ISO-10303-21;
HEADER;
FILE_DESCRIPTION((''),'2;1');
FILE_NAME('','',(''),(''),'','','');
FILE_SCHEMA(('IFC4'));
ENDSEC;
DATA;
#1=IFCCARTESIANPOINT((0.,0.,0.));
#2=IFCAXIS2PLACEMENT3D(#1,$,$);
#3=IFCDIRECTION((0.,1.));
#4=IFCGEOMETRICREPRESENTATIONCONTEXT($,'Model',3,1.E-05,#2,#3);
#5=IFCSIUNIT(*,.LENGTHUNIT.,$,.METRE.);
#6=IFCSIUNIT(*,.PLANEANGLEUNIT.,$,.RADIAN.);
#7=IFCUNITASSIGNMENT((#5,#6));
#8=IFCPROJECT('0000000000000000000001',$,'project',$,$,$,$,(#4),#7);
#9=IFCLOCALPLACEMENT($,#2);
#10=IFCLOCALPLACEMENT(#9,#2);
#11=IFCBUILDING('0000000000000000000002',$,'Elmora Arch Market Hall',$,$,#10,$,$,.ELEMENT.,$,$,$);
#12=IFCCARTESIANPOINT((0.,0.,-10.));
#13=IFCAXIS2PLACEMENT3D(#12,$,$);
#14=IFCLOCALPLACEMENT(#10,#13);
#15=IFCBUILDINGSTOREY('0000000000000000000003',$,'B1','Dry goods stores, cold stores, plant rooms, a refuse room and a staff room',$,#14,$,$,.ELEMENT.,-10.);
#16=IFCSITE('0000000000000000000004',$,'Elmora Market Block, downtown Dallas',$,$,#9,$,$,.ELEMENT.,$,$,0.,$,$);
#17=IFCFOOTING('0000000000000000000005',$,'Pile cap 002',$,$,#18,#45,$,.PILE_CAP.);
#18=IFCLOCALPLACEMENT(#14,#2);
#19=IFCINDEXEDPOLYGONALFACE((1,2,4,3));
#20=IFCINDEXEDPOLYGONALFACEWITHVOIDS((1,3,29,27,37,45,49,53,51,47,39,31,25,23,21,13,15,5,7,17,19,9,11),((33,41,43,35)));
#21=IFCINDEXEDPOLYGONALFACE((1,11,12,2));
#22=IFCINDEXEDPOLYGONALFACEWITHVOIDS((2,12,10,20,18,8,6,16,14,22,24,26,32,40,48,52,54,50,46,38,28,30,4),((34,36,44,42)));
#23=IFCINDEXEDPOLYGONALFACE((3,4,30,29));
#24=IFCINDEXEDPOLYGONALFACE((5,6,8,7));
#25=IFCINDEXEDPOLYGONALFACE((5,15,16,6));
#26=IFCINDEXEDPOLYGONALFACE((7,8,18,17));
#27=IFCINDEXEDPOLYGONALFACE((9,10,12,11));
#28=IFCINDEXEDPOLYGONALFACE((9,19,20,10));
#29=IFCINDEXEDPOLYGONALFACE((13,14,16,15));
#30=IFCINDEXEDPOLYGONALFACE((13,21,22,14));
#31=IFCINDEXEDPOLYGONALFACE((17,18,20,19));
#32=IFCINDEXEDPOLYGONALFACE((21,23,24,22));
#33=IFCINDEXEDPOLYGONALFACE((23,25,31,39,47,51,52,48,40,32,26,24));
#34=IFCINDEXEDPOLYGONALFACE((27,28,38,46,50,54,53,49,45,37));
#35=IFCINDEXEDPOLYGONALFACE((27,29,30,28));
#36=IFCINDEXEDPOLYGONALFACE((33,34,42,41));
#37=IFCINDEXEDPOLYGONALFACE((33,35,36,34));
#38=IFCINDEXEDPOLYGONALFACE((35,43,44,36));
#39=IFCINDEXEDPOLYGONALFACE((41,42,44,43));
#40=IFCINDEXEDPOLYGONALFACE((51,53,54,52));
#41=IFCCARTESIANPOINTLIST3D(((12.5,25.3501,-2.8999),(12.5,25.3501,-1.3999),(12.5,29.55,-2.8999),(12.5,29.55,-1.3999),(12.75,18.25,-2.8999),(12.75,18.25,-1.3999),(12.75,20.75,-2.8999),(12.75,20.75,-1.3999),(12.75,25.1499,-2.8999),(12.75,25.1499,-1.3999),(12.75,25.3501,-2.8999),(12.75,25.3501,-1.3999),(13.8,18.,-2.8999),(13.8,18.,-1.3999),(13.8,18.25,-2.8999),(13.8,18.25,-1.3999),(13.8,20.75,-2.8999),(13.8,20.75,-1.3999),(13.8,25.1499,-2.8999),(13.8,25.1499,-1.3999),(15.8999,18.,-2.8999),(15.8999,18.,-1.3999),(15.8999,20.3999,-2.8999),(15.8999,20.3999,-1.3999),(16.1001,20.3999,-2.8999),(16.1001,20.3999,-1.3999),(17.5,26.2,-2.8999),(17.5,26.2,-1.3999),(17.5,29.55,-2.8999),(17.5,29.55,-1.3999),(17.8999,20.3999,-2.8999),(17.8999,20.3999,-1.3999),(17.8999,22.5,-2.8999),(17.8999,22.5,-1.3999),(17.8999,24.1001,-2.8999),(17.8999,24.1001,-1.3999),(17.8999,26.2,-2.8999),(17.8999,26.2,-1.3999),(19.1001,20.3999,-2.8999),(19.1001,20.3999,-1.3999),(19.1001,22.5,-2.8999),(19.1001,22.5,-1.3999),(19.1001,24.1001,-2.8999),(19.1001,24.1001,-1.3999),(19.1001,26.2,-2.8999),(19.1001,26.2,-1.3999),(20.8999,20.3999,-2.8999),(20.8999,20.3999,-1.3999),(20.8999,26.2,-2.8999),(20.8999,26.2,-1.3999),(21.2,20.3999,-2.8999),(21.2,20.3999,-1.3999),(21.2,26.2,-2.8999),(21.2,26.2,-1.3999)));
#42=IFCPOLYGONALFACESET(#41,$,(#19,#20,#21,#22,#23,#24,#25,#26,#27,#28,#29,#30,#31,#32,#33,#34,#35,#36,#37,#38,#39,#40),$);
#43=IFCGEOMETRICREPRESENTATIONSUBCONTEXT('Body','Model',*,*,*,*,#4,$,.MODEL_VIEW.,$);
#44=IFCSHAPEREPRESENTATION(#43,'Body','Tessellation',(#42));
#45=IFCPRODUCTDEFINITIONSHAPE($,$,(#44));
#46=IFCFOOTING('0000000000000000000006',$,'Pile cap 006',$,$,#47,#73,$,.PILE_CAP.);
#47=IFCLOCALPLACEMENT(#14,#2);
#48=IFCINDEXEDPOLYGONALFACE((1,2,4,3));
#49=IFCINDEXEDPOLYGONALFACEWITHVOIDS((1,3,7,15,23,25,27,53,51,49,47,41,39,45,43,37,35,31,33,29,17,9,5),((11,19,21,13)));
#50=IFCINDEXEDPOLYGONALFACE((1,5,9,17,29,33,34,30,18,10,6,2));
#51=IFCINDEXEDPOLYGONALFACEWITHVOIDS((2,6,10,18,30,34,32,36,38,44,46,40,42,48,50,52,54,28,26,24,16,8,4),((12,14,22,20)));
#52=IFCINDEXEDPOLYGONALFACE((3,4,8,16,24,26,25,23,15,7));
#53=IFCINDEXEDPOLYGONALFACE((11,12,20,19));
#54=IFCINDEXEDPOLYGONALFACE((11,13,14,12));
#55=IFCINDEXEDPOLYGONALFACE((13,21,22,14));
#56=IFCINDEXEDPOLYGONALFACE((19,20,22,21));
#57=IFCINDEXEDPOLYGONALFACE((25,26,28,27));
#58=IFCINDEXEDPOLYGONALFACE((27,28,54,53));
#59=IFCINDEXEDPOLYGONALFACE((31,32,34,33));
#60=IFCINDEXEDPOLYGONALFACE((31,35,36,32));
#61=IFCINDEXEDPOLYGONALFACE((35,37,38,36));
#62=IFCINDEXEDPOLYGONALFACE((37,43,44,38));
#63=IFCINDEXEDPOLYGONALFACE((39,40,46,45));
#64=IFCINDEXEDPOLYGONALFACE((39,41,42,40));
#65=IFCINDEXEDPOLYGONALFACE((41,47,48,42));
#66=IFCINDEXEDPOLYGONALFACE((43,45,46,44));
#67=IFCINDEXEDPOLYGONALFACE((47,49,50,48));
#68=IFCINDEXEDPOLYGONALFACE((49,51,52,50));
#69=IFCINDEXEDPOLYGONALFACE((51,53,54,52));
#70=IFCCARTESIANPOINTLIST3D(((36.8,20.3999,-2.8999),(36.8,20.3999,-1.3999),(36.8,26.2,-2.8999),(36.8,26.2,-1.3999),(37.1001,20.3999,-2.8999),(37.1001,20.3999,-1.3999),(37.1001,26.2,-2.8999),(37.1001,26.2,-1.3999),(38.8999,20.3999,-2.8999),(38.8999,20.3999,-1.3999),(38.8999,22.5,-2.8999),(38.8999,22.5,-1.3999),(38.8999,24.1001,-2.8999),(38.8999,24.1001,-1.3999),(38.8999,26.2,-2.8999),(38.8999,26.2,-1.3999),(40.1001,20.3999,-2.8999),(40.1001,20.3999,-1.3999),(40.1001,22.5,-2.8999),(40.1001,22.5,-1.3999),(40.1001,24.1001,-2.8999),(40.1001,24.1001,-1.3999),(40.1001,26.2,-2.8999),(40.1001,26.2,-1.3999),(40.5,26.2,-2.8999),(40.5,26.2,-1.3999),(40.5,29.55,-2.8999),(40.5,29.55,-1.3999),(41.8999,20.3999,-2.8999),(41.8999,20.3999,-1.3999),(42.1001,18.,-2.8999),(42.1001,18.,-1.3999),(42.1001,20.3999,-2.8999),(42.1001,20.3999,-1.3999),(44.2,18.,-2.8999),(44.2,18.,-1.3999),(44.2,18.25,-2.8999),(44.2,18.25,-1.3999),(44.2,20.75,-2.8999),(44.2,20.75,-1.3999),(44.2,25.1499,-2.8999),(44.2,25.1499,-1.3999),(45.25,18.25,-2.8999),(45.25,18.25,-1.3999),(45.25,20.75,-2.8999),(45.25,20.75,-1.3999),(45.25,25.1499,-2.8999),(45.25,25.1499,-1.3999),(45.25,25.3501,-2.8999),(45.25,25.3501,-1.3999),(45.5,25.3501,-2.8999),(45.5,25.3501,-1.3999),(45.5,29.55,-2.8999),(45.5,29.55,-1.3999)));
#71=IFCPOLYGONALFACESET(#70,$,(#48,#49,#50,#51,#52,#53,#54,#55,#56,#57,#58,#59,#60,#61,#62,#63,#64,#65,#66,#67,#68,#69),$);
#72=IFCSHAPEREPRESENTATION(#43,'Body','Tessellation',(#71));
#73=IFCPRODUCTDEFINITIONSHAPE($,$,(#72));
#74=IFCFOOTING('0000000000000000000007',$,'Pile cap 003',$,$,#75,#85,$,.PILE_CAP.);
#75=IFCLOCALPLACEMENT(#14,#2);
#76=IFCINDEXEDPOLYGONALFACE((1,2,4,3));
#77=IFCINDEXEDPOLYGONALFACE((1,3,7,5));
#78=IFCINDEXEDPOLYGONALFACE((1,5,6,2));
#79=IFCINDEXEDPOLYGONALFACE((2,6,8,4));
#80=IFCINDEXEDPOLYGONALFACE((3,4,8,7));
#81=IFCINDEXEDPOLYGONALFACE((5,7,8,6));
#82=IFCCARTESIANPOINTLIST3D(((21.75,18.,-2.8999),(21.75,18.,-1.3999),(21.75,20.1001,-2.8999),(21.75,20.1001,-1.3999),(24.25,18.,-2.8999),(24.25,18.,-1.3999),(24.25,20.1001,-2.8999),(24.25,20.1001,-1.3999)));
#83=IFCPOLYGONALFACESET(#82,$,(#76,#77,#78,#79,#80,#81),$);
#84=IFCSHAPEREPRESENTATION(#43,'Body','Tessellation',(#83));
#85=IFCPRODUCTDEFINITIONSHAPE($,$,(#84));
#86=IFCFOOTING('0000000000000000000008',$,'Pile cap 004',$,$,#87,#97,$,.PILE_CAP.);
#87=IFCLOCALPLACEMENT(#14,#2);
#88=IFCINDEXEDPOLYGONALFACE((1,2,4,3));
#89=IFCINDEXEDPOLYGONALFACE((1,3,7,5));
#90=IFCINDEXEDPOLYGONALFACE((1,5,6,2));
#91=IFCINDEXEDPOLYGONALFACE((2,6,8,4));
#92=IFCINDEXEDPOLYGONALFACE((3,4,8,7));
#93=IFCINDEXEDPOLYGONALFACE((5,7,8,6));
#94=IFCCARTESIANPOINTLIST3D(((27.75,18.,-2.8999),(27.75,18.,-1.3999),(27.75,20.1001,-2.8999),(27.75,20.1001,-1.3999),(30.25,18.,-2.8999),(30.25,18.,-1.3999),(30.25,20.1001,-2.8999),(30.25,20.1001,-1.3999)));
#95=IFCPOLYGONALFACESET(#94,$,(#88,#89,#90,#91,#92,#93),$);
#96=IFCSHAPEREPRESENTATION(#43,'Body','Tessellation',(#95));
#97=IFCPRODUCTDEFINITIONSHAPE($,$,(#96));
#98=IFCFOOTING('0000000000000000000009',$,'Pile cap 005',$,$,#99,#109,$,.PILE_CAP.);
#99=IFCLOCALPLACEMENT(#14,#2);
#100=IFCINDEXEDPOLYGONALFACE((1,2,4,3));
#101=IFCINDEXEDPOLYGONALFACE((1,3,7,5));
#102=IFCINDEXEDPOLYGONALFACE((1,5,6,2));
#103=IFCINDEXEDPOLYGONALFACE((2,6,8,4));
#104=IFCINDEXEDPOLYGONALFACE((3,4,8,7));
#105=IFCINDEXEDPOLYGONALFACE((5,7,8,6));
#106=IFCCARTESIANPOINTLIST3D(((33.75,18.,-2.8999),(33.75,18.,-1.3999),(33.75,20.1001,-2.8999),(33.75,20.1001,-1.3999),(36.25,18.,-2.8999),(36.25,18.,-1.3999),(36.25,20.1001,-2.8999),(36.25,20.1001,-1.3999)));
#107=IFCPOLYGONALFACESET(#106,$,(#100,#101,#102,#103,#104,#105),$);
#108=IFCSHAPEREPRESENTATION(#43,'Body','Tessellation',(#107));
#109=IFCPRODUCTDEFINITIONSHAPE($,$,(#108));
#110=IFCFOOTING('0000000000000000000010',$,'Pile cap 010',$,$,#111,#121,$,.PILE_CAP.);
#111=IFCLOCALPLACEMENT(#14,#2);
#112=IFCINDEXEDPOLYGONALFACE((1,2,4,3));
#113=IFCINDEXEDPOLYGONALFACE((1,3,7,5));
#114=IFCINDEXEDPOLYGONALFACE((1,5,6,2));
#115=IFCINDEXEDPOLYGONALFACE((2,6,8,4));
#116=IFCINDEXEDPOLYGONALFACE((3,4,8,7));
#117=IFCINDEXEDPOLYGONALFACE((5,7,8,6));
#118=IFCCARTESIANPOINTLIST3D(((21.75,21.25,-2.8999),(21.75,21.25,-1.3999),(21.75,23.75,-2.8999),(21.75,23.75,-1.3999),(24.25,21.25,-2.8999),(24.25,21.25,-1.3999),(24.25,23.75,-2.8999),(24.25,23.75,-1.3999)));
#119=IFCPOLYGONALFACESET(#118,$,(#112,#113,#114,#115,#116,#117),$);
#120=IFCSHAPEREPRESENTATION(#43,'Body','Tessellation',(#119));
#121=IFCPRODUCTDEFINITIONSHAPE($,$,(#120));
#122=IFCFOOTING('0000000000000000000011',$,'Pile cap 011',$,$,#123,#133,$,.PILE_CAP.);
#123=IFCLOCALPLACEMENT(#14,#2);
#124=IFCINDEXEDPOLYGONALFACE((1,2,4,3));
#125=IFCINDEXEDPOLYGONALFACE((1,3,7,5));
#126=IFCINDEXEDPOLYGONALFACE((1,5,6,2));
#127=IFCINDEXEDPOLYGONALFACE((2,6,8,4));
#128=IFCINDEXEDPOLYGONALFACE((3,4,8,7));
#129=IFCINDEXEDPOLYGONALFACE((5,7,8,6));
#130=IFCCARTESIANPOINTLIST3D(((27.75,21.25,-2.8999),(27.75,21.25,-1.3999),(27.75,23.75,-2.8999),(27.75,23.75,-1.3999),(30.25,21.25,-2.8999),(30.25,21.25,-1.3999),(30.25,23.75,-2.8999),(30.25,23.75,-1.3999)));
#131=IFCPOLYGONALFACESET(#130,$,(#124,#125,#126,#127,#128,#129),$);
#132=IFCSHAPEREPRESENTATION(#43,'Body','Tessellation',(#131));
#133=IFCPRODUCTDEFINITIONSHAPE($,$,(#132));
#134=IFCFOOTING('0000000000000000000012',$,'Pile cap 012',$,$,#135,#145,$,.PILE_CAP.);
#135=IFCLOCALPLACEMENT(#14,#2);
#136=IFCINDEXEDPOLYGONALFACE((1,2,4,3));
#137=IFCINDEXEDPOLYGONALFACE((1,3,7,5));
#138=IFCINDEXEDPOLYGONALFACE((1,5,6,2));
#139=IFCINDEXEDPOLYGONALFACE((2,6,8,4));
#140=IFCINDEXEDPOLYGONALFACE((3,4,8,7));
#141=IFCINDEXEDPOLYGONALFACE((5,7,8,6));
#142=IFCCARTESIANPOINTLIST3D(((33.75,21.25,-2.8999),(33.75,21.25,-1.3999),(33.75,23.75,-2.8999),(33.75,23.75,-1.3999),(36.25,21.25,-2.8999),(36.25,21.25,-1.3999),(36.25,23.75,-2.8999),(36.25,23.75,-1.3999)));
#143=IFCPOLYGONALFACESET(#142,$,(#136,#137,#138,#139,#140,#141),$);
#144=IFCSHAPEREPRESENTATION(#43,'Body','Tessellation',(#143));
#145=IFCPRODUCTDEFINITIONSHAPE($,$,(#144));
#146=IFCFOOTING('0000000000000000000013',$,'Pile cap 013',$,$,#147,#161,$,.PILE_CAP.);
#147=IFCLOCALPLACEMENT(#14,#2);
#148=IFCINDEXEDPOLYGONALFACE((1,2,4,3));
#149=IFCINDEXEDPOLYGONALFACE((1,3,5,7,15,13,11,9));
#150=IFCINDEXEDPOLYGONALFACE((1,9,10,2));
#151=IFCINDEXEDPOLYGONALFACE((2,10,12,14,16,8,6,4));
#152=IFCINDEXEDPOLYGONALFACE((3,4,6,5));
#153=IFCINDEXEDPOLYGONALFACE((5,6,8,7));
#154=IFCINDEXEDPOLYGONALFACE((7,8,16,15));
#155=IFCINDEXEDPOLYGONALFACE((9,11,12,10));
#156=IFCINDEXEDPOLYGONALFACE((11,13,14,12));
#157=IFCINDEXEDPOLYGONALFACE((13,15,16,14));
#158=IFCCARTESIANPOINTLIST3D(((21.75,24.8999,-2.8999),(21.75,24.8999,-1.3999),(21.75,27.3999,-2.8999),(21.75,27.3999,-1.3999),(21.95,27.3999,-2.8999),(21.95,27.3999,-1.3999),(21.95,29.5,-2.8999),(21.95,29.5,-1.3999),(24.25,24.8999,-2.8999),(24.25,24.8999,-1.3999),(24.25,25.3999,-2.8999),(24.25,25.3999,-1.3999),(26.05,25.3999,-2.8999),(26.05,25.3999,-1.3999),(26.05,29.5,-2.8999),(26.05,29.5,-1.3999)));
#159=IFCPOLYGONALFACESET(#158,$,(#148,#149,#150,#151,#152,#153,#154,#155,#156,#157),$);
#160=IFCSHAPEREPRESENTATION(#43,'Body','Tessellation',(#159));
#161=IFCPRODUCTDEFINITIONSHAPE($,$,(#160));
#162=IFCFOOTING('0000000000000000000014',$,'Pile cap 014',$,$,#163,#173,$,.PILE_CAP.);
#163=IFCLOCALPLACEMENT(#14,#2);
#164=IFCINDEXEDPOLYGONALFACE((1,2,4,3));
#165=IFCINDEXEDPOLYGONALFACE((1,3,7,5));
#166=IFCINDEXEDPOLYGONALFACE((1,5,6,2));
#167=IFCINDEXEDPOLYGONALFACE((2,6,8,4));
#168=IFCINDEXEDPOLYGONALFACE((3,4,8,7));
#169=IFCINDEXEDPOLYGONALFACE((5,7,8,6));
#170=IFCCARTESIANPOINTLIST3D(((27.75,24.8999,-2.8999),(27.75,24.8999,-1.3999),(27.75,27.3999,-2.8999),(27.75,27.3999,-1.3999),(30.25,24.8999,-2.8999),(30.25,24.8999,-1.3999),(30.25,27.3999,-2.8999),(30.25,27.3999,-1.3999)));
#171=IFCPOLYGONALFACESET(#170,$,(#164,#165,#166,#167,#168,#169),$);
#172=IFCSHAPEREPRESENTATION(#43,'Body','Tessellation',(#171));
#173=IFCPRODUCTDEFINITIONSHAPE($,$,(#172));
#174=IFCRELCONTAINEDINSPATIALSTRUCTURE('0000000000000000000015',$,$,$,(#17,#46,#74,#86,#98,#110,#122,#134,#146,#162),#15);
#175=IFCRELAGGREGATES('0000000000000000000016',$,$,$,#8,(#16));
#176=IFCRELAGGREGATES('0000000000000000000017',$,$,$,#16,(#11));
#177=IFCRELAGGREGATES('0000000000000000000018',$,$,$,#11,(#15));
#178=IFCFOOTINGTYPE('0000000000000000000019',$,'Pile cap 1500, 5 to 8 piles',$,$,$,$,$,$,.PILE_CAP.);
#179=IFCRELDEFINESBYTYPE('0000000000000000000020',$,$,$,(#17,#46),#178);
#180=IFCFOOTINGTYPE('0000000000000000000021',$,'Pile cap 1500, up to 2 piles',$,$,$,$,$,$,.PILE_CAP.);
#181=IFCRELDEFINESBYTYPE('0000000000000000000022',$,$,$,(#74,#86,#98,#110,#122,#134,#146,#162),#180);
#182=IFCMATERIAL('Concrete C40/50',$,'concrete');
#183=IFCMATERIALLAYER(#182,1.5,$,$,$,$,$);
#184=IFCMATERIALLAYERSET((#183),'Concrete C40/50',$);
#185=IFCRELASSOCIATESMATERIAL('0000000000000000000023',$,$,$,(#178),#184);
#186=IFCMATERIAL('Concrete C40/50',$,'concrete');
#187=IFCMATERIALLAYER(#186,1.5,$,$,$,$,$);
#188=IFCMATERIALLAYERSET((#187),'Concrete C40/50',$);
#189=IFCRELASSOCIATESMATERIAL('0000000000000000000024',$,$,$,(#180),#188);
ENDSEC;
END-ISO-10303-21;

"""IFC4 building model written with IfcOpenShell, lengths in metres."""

from ifc_helpers import new_model, si_unit, direction, frame, origin, place, context, subcontext, project, spatial, polyline, outline, extrude, material, layer, layer_set, type_object, element, save


model = new_model("IFC4")

# Units and contexts
model_context = context("Model", 3, precision=1e-05, world=origin(), true_north=direction((0.0, 1.0)))
body_context = subcontext(model_context, "Body", "Model", "MODEL_VIEW")
ifc_project = project(units=[si_unit("LENGTHUNIT", "METRE"), si_unit("PLANEANGLEUNIT", "RADIAN")], contexts=[model_context])

# Site, building, storey
site_placement = place(None, origin())
site = spatial("IfcSite", under=ifc_project, at=site_placement, Name="Elmora Market Block, downtown Dallas", CompositionType="ELEMENT", RefElevation=0.0)
building_placement = place(site_placement, origin())
building = spatial("IfcBuilding", under=site, at=building_placement, Name="Elmora Arch Market Hall", CompositionType="ELEMENT")
storey_placement = place(building_placement, frame((0.0, 0.0, -10.0)))
storey = spatial("IfcBuildingStorey", under=building, at=storey_placement, Name="B1", Description="Dry goods stores, cold stores, plant rooms, a refuse room and a staff room", CompositionType="ELEMENT", Elevation=-10.0)

# Footings
ifc_material_1 = material(Name="Concrete C40/50", Category="concrete")
ifc_layer_1 = layer(ifc_material_1, 1.5)
ifc_layer_set_1 = layer_set([ifc_layer_1], Name="Concrete C40/50")
footing_type_1 = type_object("IfcFootingType", Name="Pile cap 1500, 5 to 8 piles", PredefinedType="PILE_CAP", material=ifc_layer_set_1)
footing_1_placement = place(storey_placement, frame((0.0, 0.0, -2.8999)))
element("IfcFooting", 1, at=footing_1_placement, inside=storey, type_object=footing_type_1, Name="Pile cap 002", PredefinedType="PILE_CAP", context=body_context, shape_type="SweptSolid", body=[
    extrude(outline(polyline([(12.5, 25.3501), (12.5, 29.55), (17.5, 29.55), (17.5, 26.2), (17.8999, 26.2), (19.1001, 26.2), (20.8999, 26.2), (21.2, 26.2), (21.2, 20.3999), (20.8999, 20.3999), (19.1001, 20.3999), (17.8999, 20.3999), (16.1001, 20.3999), (15.8999, 20.3999), (15.8999, 18.0), (13.8, 18.0), (13.8, 18.25), (12.75, 18.25), (12.75, 20.75), (13.8, 20.75), (13.8, 25.1499), (12.75, 25.1499), (12.75, 25.3501), (12.5, 25.3501)]), holes=[polyline([(19.1001, 24.1001), (17.8999, 24.1001), (17.8999, 22.5), (19.1001, 22.5), (19.1001, 24.1001)])]), origin(), (0.0, 0.0, 1.0), 1.5),
])
footing_2_placement = place(storey_placement, frame((0.0, 0.0, -2.8999)))
element("IfcFooting", 2, at=footing_2_placement, inside=storey, type_object=footing_type_1, Name="Pile cap 006", PredefinedType="PILE_CAP", context=body_context, shape_type="SweptSolid", body=[
    extrude(outline(polyline([(36.8, 26.2), (37.1001, 26.2), (38.8999, 26.2), (40.1001, 26.2), (40.5, 26.2), (40.5, 29.55), (45.5, 29.55), (45.5, 25.3501), (45.25, 25.3501), (45.25, 25.1499), (44.2, 25.1499), (44.2, 20.75), (45.25, 20.75), (45.25, 18.25), (44.2, 18.25), (44.2, 18.0), (42.1001, 18.0), (42.1001, 20.3999), (41.8999, 20.3999), (40.1001, 20.3999), (38.8999, 20.3999), (37.1001, 20.3999), (36.8, 20.3999), (36.8, 26.2)]), holes=[polyline([(38.8999, 22.5), (40.1001, 22.5), (40.1001, 24.1001), (38.8999, 24.1001), (38.8999, 22.5)])]), origin(), (0.0, 0.0, 1.0), 1.5),
])
ifc_material_2 = material(Name="Concrete C40/50", Category="concrete")
ifc_layer_2 = layer(ifc_material_2, 1.5)
ifc_layer_set_2 = layer_set([ifc_layer_2], Name="Concrete C40/50")
footing_type_2 = type_object("IfcFootingType", Name="Pile cap 1500, up to 2 piles", PredefinedType="PILE_CAP", material=ifc_layer_set_2)
footing_3_placement = place(storey_placement, frame((0.0, 0.0, -2.8999)))
element("IfcFooting", 3, at=footing_3_placement, inside=storey, type_object=footing_type_2, Name="Pile cap 003", PredefinedType="PILE_CAP", context=body_context, shape_type="SweptSolid", body=[
    extrude(outline(polyline([(24.25, 18.0), (21.75, 18.0), (21.75, 20.1001), (24.25, 20.1001), (24.25, 18.0)])), origin(), (0.0, 0.0, 1.0), 1.5),
])
footing_4_placement = place(storey_placement, frame((0.0, 0.0, -2.8999)))
element("IfcFooting", 4, at=footing_4_placement, inside=storey, type_object=footing_type_2, Name="Pile cap 004", PredefinedType="PILE_CAP", context=body_context, shape_type="SweptSolid", body=[
    extrude(outline(polyline([(30.25, 18.0), (27.75, 18.0), (27.75, 20.1001), (30.25, 20.1001), (30.25, 18.0)])), origin(), (0.0, 0.0, 1.0), 1.5),
])
footing_5_placement = place(storey_placement, frame((0.0, 0.0, -2.8999)))
element("IfcFooting", 5, at=footing_5_placement, inside=storey, type_object=footing_type_2, Name="Pile cap 005", PredefinedType="PILE_CAP", context=body_context, shape_type="SweptSolid", body=[
    extrude(outline(polyline([(36.25, 18.0), (33.75, 18.0), (33.75, 20.1001), (36.25, 20.1001), (36.25, 18.0)])), origin(), (0.0, 0.0, 1.0), 1.5),
])
footing_6_placement = place(storey_placement, frame((0.0, 0.0, -2.8999)))
element("IfcFooting", 6, at=footing_6_placement, inside=storey, type_object=footing_type_2, Name="Pile cap 010", PredefinedType="PILE_CAP", context=body_context, shape_type="SweptSolid", body=[
    extrude(outline(polyline([(24.25, 21.25), (21.75, 21.25), (21.75, 23.75), (24.25, 23.75), (24.25, 21.25)])), origin(), (0.0, 0.0, 1.0), 1.5),
])
footing_7_placement = place(storey_placement, frame((0.0, 0.0, -2.8999)))
element("IfcFooting", 7, at=footing_7_placement, inside=storey, type_object=footing_type_2, Name="Pile cap 011", PredefinedType="PILE_CAP", context=body_context, shape_type="SweptSolid", body=[
    extrude(outline(polyline([(30.25, 21.25), (27.75, 21.25), (27.75, 23.75), (30.25, 23.75), (30.25, 21.25)])), origin(), (0.0, 0.0, 1.0), 1.5),
])
footing_8_placement = place(storey_placement, frame((0.0, 0.0, -2.8999)))
element("IfcFooting", 8, at=footing_8_placement, inside=storey, type_object=footing_type_2, Name="Pile cap 012", PredefinedType="PILE_CAP", context=body_context, shape_type="SweptSolid", body=[
    extrude(outline(polyline([(36.25, 21.25), (33.75, 21.25), (33.75, 23.75), (36.25, 23.75), (36.25, 21.25)])), origin(), (0.0, 0.0, 1.0), 1.5),
])
footing_9_placement = place(storey_placement, frame((0.0, 0.0, -2.8999)))
element("IfcFooting", 9, at=footing_9_placement, inside=storey, type_object=footing_type_2, Name="Pile cap 013", PredefinedType="PILE_CAP", context=body_context, shape_type="SweptSolid", body=[
    extrude(outline(polyline([(24.25, 25.3999), (24.25, 24.8999), (21.75, 24.8999), (21.75, 27.3999), (21.95, 27.3999), (21.95, 29.5), (26.05, 29.5), (26.05, 25.3999), (24.25, 25.3999)])), origin(), (0.0, 0.0, 1.0), 1.5),
])
footing_10_placement = place(storey_placement, frame((0.0, 0.0, -2.8999)))
element("IfcFooting", 10, at=footing_10_placement, inside=storey, type_object=footing_type_2, Name="Pile cap 014", PredefinedType="PILE_CAP", context=body_context, shape_type="SweptSolid", body=[
    extrude(outline(polyline([(30.25, 24.8999), (27.75, 24.8999), (27.75, 27.3999), (30.25, 27.3999), (30.25, 24.8999)])), origin(), (0.0, 0.0, 1.0), 1.5),
])

save(model, "model.ifc")
